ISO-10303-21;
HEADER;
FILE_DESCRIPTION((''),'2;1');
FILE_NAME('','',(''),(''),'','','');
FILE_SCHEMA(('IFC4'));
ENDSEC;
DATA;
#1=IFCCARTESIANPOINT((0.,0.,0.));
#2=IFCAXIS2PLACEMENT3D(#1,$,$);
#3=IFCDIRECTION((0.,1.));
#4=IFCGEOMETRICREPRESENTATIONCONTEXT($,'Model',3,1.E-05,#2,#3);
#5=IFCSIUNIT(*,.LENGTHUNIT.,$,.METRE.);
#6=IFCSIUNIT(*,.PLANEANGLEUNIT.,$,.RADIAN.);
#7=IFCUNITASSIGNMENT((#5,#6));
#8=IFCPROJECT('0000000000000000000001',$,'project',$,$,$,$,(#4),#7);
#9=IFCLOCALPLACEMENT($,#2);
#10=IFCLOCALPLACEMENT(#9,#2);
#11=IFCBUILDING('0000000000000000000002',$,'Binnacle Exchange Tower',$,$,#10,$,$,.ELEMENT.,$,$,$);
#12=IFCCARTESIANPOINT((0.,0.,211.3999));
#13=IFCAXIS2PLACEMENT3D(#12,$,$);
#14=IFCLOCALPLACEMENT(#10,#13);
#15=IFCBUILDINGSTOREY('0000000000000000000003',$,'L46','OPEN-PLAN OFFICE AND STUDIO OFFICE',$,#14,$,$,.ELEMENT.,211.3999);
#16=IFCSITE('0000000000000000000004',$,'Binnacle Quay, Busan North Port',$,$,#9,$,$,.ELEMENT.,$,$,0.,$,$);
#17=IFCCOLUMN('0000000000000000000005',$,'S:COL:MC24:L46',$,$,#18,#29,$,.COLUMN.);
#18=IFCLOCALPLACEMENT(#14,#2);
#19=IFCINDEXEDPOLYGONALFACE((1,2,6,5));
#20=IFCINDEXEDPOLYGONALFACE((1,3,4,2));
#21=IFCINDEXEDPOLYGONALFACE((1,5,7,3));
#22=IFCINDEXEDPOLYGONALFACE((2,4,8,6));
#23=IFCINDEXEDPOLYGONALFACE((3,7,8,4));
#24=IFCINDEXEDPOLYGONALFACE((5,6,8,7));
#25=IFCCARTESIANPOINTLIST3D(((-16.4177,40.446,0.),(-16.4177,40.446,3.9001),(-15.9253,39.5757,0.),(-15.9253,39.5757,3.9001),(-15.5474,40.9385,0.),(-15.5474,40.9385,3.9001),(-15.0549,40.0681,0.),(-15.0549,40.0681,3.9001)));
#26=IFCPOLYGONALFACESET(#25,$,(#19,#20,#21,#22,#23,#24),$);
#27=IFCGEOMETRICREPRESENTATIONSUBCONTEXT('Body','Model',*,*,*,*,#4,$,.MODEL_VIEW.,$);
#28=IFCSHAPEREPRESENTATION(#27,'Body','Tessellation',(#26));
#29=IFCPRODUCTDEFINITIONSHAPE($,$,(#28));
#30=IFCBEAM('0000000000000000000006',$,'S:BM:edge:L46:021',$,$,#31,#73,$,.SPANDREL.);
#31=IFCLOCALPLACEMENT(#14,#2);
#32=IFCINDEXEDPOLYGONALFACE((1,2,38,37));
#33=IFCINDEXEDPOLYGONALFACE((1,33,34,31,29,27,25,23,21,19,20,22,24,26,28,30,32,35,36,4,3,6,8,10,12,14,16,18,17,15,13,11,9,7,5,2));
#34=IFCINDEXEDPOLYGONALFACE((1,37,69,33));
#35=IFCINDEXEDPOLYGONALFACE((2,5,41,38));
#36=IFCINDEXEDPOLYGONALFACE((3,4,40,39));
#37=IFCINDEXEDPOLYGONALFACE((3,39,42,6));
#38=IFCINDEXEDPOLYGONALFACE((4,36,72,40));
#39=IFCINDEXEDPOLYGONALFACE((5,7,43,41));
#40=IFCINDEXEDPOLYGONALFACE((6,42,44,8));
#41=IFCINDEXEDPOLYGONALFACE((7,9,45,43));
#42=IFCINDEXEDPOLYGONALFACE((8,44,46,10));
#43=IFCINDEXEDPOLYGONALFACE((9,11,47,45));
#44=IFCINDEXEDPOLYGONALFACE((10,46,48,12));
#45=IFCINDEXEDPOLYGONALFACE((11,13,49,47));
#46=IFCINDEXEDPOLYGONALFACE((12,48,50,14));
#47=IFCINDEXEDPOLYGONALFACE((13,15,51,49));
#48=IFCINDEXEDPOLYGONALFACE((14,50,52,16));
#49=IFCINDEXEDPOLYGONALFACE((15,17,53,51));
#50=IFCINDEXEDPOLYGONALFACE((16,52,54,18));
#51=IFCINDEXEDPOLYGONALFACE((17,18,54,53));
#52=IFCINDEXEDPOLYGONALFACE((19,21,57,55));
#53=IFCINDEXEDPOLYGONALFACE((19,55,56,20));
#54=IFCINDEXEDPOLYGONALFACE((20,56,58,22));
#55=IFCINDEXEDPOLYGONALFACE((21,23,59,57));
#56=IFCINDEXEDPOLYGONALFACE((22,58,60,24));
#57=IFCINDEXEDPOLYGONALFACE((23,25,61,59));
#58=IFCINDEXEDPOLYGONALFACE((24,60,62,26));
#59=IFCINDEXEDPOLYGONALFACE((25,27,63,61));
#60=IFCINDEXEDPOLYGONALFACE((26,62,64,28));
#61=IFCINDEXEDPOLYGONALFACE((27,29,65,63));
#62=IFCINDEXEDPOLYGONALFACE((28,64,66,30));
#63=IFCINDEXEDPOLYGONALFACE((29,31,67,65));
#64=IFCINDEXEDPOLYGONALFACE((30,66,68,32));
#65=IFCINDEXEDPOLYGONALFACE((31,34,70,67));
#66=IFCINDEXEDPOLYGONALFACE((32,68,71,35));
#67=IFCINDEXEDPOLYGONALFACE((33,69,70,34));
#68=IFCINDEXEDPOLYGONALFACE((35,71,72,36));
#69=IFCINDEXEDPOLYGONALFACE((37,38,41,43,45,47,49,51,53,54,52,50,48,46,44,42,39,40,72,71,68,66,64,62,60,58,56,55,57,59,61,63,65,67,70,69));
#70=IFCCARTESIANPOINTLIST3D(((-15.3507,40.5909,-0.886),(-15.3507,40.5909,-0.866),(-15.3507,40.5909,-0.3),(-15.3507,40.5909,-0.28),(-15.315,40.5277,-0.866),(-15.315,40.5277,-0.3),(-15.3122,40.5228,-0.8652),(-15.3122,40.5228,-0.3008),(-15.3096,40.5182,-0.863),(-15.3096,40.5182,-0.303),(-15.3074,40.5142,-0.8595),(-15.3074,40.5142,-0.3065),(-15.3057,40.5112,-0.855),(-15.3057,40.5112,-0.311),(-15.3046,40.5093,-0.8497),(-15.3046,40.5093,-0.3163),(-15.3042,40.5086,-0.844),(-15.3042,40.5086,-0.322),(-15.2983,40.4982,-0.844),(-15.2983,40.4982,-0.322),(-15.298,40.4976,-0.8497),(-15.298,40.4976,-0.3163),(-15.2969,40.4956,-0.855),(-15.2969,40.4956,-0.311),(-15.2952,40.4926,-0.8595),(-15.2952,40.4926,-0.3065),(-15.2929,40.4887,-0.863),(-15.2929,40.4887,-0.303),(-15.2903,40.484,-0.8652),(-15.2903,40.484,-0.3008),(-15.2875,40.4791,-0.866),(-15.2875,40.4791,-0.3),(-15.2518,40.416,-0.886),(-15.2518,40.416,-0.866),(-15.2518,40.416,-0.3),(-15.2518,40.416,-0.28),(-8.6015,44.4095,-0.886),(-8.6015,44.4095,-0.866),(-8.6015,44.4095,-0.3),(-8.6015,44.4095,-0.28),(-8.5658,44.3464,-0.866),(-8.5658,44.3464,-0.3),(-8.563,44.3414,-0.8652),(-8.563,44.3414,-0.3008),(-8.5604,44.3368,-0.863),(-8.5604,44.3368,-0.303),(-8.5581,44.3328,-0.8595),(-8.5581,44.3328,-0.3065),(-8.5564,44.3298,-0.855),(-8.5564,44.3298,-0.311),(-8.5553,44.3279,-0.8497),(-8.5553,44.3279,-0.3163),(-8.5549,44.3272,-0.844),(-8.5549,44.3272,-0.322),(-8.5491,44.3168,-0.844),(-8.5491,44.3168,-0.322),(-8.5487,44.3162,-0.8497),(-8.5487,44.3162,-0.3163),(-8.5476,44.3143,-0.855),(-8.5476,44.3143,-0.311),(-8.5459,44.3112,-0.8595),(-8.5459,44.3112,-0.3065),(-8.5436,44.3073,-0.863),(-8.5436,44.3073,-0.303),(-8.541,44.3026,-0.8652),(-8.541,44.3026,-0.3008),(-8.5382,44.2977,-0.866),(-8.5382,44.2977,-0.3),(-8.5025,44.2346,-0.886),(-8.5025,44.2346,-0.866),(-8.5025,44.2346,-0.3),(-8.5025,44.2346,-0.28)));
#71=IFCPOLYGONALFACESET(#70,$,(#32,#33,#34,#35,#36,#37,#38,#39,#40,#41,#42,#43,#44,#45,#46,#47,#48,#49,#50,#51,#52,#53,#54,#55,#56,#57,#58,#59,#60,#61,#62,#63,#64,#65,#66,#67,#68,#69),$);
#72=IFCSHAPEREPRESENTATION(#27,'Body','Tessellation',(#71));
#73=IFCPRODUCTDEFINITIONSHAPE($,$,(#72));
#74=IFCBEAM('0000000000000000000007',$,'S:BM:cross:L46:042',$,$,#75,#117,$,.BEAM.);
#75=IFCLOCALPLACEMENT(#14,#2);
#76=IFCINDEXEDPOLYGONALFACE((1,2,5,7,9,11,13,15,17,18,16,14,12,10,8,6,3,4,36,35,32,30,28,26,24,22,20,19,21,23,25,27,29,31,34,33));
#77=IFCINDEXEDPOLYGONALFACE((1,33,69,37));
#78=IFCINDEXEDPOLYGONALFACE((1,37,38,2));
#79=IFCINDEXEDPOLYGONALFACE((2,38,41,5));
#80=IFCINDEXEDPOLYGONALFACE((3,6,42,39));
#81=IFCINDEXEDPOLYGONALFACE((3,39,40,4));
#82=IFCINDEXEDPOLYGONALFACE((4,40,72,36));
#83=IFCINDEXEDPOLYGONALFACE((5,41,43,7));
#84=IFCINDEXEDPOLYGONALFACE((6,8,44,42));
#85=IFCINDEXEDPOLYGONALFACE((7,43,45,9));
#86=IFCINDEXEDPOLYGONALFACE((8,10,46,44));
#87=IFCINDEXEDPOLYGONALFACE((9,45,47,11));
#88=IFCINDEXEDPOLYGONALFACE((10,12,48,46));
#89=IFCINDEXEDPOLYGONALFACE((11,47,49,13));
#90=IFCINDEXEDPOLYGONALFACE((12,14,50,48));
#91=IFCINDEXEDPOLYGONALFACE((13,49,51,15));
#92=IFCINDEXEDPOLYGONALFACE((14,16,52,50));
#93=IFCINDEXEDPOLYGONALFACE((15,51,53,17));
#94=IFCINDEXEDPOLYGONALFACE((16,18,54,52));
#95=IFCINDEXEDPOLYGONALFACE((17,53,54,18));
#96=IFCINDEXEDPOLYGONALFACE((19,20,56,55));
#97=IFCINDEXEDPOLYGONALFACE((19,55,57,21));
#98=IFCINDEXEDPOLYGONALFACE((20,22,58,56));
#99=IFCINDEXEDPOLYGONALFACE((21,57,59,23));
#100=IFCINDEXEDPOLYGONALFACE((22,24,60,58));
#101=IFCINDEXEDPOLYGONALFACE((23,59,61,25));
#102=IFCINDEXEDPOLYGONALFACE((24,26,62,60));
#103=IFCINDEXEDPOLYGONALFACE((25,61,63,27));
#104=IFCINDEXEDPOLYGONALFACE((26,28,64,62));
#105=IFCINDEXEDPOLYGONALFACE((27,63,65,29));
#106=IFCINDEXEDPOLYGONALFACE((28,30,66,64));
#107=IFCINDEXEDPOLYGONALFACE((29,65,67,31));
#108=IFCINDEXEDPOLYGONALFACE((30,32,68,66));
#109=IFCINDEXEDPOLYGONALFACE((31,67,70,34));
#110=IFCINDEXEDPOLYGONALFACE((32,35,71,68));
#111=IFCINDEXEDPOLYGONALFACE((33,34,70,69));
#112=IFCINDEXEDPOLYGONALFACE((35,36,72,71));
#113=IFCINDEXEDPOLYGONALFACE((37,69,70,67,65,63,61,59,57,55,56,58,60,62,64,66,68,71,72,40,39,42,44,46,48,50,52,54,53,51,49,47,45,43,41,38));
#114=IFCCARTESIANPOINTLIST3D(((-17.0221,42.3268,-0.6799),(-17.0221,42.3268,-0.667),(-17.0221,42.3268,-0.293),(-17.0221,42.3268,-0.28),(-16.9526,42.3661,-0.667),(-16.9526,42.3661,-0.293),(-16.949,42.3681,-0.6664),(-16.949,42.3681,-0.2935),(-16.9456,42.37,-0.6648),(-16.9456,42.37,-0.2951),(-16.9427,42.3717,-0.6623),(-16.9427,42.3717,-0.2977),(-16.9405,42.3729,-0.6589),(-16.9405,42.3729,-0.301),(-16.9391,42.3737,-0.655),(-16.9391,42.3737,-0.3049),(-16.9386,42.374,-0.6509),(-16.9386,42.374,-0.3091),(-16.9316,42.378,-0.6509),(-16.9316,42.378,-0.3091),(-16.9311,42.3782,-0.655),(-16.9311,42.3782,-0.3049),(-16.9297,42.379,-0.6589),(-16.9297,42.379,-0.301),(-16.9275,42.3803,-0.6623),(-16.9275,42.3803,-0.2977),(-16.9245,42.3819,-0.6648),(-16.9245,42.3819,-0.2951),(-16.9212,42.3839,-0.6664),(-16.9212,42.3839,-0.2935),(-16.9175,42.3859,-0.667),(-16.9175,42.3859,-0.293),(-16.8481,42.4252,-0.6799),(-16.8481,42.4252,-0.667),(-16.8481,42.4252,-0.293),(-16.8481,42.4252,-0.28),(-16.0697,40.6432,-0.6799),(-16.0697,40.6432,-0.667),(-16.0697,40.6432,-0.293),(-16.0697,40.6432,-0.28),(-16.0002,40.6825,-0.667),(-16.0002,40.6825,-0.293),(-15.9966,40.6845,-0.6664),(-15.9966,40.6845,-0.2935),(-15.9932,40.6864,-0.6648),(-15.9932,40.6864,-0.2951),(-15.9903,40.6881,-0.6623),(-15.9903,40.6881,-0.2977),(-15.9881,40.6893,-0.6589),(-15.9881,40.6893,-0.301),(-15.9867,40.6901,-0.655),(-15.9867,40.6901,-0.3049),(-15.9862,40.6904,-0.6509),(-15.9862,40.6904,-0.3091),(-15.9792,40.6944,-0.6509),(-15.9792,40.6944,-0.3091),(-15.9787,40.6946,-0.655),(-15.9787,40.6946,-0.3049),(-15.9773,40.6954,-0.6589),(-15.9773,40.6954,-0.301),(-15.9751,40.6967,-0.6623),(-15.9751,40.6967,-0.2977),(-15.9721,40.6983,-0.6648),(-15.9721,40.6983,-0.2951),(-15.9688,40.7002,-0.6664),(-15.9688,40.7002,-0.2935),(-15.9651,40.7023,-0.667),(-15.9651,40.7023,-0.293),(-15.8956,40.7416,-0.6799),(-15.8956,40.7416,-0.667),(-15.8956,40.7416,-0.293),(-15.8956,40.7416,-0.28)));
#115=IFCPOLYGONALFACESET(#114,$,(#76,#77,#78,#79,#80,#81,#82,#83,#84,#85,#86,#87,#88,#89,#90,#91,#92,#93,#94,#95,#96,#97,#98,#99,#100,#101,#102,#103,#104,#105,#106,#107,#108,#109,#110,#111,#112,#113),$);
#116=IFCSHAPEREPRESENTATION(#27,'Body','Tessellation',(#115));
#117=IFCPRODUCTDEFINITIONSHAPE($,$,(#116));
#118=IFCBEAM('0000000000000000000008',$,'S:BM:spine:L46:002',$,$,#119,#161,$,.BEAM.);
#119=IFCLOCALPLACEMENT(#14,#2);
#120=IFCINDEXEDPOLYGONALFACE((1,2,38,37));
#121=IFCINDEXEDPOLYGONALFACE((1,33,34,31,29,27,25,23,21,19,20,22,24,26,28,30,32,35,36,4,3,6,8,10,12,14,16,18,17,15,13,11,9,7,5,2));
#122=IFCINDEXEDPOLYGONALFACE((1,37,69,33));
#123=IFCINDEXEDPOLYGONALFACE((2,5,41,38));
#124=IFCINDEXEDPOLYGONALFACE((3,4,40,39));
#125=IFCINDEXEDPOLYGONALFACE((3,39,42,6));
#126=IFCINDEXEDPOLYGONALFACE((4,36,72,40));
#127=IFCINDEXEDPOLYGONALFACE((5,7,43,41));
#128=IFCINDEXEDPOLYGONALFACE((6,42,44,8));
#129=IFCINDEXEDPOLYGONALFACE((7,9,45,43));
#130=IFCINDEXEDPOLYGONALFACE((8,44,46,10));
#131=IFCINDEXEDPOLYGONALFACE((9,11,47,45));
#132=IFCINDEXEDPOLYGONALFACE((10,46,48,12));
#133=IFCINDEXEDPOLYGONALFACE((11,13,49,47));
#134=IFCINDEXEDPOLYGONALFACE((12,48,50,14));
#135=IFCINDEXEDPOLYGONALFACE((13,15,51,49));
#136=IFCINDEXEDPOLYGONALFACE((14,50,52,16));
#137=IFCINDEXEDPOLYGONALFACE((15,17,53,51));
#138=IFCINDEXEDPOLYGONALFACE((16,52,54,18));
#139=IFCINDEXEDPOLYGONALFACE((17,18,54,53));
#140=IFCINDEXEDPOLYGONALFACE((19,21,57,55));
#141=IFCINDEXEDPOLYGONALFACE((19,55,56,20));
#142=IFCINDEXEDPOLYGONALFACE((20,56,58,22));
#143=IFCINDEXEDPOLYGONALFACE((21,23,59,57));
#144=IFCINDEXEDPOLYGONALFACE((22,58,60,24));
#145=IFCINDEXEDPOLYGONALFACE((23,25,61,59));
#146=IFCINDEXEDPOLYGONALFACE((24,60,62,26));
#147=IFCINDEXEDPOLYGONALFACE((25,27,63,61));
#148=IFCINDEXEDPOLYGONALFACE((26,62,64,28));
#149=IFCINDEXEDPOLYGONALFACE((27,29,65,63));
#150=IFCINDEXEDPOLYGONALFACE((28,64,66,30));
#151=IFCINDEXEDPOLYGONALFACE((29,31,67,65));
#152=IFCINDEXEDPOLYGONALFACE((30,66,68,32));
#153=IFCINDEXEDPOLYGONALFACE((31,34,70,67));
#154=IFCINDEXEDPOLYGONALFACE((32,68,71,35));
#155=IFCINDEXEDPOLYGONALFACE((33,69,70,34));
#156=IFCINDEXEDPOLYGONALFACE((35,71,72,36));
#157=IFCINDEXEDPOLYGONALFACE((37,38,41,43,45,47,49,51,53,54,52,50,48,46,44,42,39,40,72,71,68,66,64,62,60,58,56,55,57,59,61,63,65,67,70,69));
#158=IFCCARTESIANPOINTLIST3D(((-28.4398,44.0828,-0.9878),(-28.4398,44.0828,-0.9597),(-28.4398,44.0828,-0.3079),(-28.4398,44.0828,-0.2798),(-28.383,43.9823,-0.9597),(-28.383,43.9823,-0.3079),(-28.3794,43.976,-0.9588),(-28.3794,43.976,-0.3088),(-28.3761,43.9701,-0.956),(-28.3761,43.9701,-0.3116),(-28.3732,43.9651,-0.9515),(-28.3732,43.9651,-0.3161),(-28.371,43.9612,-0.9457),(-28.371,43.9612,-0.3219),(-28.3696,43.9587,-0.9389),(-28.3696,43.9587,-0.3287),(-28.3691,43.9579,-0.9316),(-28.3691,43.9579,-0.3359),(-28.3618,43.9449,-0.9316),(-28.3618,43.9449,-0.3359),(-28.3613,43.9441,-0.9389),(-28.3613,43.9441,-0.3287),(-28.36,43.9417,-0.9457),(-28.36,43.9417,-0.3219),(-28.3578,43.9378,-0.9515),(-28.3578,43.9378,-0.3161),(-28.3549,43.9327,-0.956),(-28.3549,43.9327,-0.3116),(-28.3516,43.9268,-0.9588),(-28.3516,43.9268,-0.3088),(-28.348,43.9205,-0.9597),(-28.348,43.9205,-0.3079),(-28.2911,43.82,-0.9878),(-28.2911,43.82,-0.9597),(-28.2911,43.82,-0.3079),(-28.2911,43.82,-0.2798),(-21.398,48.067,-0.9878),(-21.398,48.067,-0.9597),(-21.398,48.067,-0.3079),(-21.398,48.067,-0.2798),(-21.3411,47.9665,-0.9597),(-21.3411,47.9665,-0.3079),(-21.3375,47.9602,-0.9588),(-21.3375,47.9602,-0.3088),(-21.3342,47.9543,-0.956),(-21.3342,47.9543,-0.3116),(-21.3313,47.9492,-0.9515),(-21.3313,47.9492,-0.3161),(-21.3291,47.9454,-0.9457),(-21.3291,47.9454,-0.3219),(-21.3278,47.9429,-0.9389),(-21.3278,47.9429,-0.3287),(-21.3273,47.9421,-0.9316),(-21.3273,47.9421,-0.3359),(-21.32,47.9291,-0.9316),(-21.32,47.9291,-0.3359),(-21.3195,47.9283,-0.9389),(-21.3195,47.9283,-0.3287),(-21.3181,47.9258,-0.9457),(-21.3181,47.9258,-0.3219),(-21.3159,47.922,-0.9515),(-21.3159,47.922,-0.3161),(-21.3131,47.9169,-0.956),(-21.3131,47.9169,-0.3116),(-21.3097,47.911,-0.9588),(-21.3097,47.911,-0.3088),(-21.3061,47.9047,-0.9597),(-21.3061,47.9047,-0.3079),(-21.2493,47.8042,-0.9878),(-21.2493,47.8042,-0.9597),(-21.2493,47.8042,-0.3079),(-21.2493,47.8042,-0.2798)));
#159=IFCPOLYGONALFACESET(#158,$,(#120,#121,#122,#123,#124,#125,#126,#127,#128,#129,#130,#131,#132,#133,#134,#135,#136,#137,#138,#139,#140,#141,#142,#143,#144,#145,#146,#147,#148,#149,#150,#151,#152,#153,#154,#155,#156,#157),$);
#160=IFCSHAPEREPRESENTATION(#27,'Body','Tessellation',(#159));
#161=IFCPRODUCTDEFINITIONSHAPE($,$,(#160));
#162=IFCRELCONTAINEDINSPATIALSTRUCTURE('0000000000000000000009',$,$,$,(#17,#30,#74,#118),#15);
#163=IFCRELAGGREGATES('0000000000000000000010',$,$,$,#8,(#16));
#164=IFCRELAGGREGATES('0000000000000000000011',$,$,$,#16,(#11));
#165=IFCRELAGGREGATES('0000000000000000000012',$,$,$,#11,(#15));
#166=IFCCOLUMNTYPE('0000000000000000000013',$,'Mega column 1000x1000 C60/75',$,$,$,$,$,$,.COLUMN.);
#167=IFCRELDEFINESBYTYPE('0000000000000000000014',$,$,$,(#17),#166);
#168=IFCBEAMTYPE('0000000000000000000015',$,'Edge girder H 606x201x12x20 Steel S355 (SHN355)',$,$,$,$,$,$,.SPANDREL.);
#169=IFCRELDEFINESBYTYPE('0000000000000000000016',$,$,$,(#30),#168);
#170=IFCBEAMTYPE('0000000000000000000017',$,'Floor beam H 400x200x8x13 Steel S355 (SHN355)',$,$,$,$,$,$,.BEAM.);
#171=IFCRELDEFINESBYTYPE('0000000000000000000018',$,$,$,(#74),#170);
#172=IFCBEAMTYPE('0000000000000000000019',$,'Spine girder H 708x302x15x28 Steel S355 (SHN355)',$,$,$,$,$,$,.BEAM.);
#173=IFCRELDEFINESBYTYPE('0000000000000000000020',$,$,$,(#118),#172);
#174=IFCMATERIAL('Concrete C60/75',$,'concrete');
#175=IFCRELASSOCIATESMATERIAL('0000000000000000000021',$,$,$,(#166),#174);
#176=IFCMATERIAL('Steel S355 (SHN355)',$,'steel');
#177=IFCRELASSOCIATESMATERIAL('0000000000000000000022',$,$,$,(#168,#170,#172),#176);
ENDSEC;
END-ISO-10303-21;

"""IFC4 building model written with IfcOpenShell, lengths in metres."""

from ifc_helpers import new_model, si_unit, direction, frame, origin, origin_2d, place, context, subcontext, project, spatial, rectangle, i_section, extrude, material, material_profile, profile_set, type_object, element, save


model = new_model("IFC4")

# Units and contexts
model_context = context("Model", 3, precision=1e-05, world=origin(), true_north=direction((0.0, 1.0)))
body_context = subcontext(model_context, "Body", "Model", "MODEL_VIEW")
ifc_project = project(units=[si_unit("LENGTHUNIT", "METRE"), si_unit("PLANEANGLEUNIT", "RADIAN")], contexts=[model_context])

# Site, building, storey
site_placement = place(None, origin())
site = spatial("IfcSite", under=ifc_project, at=site_placement, Name="Binnacle Quay, Busan North Port", CompositionType="ELEMENT", RefElevation=0.0)
building_placement = place(site_placement, origin())
building = spatial("IfcBuilding", under=site, at=building_placement, Name="Binnacle Exchange Tower", CompositionType="ELEMENT")
storey_placement = place(building_placement, frame((0.0, 0.0, 211.3999)))
storey = spatial("IfcBuildingStorey", under=building, at=storey_placement, Name="L46", Description="OPEN-PLAN OFFICE AND STUDIO OFFICE", CompositionType="ELEMENT", Elevation=211.3999)

# Column
ifc_material_1 = material(Name="Concrete C60/75", Category="concrete")
ifc_material_profile_1 = material_profile(ifc_material_1, rectangle(XDim=1.0, YDim=1.0, at=origin_2d()), Name="Mega column 1000x1000 C60/75")
ifc_profile_set_1 = profile_set([ifc_material_profile_1], Name="Concrete C60/75")
column_type = type_object("IfcColumnType", Name="Mega column 1000x1000 C60/75", PredefinedType="COLUMN", material=ifc_profile_set_1)
column_placement = place(storey_placement, frame((-15.7363, 40.2571, 0.0), z_axis=(0.0, 0.0, 1.0), x_axis=(0.870356, 0.492424, 0.0)))
element("IfcColumn", 1, at=column_placement, inside=storey, type_object=column_type, Name="S:COL:MC24:L46", PredefinedType="COLUMN", context=body_context, shape_type="SweptSolid", body=[
    extrude(rectangle(XDim=1.0, YDim=1.0, at=origin_2d()), origin(), (0.0, 0.0, 1.0), 3.9001),
])

# Beams
ifc_material_2 = material(Name="Steel S355 (SHN355)", Category="steel")
ifc_material_profile_2 = material_profile(ifc_material_2, i_section(OverallWidth=0.2009, OverallDepth=0.606, WebThickness=0.012, FlangeThickness=0.02, FilletRadius=0.022, at=origin_2d()), Name="H 606x201x12x20")
ifc_profile_set_2 = profile_set([ifc_material_profile_2], Name="Steel S355 (SHN355)")
beam_type_1 = type_object("IfcBeamType", Name="Edge girder H 606x201x12x20 Steel S355 (SHN355)", PredefinedType="SPANDREL", material=ifc_profile_set_2)
beam_1_placement = place(storey_placement, frame((-15.3013, 40.5034, -0.583), z_axis=(0.870353, 0.492429, 0.0), x_axis=(-0.492429, 0.870353, 0.0)))
element("IfcBeam", 2, at=beam_1_placement, inside=storey, type_object=beam_type_1, Name="S:BM:edge:L46:021", PredefinedType="SPANDREL", context=body_context, shape_type="SweptSolid", body=[
    extrude(i_section(OverallWidth=0.2009, OverallDepth=0.606, WebThickness=0.012, FlangeThickness=0.02, FilletRadius=0.022, at=origin_2d()), origin(), (0.0, 0.0, 1.0), 7.7546),
])
ifc_material_profile_3 = material_profile(ifc_material_2, i_section(OverallWidth=0.2, OverallDepth=0.3999, WebThickness=0.0081, FlangeThickness=0.0129, FilletRadius=0.0161, at=origin_2d()), Name="H 400x200x8x13")
ifc_profile_set_3 = profile_set([ifc_material_profile_3], Name="Steel S355 (SHN355)")
beam_type_2 = type_object("IfcBeamType", Name="Floor beam H 400x200x8x13 Steel S355 (SHN355)", PredefinedType="BEAM", material=ifc_profile_set_3)
beam_2_placement = place(storey_placement, frame((-15.9827, 40.6924, -0.48), z_axis=(-0.492369, 0.870386, 0.0), x_axis=(-0.870386, -0.492369, 0.0)))
element("IfcBeam", 3, at=beam_2_placement, inside=storey, type_object=beam_type_2, Name="S:BM:cross:L46:042", PredefinedType="BEAM", context=body_context, shape_type="SweptSolid", body=[
    extrude(i_section(OverallWidth=0.2, OverallDepth=0.3999, WebThickness=0.0081, FlangeThickness=0.0129, FilletRadius=0.0161, at=origin_2d()), origin(), (0.0, 0.0, 1.0), 1.9343),
])
ifc_material_profile_4 = material_profile(ifc_material_2, i_section(OverallWidth=0.302, OverallDepth=0.708, WebThickness=0.0149, FlangeThickness=0.0281, FilletRadius=0.0281, at=origin_2d()), Name="H 708x302x15x28")
ifc_profile_set_4 = profile_set([ifc_material_profile_4], Name="Steel S355 (SHN355)")
beam_type_3 = type_object("IfcBeamType", Name="Spine girder H 708x302x15x28 Steel S355 (SHN355)", PredefinedType="BEAM", material=ifc_profile_set_4)
beam_3_placement = place(storey_placement, frame((-28.3655, 43.9514, -0.6338), z_axis=(0.87035, 0.492433, 0.0), x_axis=(-0.492433, 0.87035, 0.0)))
element("IfcBeam", 4, at=beam_3_placement, inside=storey, type_object=beam_type_3, Name="S:BM:spine:L46:002", PredefinedType="BEAM", context=body_context, shape_type="SweptSolid", body=[
    extrude(i_section(OverallWidth=0.302, OverallDepth=0.708, WebThickness=0.0149, FlangeThickness=0.0281, FilletRadius=0.0281, at=origin_2d()), origin(), (0.0, 0.0, 1.0), 8.0908),
])

save(model, "model.ifc")
